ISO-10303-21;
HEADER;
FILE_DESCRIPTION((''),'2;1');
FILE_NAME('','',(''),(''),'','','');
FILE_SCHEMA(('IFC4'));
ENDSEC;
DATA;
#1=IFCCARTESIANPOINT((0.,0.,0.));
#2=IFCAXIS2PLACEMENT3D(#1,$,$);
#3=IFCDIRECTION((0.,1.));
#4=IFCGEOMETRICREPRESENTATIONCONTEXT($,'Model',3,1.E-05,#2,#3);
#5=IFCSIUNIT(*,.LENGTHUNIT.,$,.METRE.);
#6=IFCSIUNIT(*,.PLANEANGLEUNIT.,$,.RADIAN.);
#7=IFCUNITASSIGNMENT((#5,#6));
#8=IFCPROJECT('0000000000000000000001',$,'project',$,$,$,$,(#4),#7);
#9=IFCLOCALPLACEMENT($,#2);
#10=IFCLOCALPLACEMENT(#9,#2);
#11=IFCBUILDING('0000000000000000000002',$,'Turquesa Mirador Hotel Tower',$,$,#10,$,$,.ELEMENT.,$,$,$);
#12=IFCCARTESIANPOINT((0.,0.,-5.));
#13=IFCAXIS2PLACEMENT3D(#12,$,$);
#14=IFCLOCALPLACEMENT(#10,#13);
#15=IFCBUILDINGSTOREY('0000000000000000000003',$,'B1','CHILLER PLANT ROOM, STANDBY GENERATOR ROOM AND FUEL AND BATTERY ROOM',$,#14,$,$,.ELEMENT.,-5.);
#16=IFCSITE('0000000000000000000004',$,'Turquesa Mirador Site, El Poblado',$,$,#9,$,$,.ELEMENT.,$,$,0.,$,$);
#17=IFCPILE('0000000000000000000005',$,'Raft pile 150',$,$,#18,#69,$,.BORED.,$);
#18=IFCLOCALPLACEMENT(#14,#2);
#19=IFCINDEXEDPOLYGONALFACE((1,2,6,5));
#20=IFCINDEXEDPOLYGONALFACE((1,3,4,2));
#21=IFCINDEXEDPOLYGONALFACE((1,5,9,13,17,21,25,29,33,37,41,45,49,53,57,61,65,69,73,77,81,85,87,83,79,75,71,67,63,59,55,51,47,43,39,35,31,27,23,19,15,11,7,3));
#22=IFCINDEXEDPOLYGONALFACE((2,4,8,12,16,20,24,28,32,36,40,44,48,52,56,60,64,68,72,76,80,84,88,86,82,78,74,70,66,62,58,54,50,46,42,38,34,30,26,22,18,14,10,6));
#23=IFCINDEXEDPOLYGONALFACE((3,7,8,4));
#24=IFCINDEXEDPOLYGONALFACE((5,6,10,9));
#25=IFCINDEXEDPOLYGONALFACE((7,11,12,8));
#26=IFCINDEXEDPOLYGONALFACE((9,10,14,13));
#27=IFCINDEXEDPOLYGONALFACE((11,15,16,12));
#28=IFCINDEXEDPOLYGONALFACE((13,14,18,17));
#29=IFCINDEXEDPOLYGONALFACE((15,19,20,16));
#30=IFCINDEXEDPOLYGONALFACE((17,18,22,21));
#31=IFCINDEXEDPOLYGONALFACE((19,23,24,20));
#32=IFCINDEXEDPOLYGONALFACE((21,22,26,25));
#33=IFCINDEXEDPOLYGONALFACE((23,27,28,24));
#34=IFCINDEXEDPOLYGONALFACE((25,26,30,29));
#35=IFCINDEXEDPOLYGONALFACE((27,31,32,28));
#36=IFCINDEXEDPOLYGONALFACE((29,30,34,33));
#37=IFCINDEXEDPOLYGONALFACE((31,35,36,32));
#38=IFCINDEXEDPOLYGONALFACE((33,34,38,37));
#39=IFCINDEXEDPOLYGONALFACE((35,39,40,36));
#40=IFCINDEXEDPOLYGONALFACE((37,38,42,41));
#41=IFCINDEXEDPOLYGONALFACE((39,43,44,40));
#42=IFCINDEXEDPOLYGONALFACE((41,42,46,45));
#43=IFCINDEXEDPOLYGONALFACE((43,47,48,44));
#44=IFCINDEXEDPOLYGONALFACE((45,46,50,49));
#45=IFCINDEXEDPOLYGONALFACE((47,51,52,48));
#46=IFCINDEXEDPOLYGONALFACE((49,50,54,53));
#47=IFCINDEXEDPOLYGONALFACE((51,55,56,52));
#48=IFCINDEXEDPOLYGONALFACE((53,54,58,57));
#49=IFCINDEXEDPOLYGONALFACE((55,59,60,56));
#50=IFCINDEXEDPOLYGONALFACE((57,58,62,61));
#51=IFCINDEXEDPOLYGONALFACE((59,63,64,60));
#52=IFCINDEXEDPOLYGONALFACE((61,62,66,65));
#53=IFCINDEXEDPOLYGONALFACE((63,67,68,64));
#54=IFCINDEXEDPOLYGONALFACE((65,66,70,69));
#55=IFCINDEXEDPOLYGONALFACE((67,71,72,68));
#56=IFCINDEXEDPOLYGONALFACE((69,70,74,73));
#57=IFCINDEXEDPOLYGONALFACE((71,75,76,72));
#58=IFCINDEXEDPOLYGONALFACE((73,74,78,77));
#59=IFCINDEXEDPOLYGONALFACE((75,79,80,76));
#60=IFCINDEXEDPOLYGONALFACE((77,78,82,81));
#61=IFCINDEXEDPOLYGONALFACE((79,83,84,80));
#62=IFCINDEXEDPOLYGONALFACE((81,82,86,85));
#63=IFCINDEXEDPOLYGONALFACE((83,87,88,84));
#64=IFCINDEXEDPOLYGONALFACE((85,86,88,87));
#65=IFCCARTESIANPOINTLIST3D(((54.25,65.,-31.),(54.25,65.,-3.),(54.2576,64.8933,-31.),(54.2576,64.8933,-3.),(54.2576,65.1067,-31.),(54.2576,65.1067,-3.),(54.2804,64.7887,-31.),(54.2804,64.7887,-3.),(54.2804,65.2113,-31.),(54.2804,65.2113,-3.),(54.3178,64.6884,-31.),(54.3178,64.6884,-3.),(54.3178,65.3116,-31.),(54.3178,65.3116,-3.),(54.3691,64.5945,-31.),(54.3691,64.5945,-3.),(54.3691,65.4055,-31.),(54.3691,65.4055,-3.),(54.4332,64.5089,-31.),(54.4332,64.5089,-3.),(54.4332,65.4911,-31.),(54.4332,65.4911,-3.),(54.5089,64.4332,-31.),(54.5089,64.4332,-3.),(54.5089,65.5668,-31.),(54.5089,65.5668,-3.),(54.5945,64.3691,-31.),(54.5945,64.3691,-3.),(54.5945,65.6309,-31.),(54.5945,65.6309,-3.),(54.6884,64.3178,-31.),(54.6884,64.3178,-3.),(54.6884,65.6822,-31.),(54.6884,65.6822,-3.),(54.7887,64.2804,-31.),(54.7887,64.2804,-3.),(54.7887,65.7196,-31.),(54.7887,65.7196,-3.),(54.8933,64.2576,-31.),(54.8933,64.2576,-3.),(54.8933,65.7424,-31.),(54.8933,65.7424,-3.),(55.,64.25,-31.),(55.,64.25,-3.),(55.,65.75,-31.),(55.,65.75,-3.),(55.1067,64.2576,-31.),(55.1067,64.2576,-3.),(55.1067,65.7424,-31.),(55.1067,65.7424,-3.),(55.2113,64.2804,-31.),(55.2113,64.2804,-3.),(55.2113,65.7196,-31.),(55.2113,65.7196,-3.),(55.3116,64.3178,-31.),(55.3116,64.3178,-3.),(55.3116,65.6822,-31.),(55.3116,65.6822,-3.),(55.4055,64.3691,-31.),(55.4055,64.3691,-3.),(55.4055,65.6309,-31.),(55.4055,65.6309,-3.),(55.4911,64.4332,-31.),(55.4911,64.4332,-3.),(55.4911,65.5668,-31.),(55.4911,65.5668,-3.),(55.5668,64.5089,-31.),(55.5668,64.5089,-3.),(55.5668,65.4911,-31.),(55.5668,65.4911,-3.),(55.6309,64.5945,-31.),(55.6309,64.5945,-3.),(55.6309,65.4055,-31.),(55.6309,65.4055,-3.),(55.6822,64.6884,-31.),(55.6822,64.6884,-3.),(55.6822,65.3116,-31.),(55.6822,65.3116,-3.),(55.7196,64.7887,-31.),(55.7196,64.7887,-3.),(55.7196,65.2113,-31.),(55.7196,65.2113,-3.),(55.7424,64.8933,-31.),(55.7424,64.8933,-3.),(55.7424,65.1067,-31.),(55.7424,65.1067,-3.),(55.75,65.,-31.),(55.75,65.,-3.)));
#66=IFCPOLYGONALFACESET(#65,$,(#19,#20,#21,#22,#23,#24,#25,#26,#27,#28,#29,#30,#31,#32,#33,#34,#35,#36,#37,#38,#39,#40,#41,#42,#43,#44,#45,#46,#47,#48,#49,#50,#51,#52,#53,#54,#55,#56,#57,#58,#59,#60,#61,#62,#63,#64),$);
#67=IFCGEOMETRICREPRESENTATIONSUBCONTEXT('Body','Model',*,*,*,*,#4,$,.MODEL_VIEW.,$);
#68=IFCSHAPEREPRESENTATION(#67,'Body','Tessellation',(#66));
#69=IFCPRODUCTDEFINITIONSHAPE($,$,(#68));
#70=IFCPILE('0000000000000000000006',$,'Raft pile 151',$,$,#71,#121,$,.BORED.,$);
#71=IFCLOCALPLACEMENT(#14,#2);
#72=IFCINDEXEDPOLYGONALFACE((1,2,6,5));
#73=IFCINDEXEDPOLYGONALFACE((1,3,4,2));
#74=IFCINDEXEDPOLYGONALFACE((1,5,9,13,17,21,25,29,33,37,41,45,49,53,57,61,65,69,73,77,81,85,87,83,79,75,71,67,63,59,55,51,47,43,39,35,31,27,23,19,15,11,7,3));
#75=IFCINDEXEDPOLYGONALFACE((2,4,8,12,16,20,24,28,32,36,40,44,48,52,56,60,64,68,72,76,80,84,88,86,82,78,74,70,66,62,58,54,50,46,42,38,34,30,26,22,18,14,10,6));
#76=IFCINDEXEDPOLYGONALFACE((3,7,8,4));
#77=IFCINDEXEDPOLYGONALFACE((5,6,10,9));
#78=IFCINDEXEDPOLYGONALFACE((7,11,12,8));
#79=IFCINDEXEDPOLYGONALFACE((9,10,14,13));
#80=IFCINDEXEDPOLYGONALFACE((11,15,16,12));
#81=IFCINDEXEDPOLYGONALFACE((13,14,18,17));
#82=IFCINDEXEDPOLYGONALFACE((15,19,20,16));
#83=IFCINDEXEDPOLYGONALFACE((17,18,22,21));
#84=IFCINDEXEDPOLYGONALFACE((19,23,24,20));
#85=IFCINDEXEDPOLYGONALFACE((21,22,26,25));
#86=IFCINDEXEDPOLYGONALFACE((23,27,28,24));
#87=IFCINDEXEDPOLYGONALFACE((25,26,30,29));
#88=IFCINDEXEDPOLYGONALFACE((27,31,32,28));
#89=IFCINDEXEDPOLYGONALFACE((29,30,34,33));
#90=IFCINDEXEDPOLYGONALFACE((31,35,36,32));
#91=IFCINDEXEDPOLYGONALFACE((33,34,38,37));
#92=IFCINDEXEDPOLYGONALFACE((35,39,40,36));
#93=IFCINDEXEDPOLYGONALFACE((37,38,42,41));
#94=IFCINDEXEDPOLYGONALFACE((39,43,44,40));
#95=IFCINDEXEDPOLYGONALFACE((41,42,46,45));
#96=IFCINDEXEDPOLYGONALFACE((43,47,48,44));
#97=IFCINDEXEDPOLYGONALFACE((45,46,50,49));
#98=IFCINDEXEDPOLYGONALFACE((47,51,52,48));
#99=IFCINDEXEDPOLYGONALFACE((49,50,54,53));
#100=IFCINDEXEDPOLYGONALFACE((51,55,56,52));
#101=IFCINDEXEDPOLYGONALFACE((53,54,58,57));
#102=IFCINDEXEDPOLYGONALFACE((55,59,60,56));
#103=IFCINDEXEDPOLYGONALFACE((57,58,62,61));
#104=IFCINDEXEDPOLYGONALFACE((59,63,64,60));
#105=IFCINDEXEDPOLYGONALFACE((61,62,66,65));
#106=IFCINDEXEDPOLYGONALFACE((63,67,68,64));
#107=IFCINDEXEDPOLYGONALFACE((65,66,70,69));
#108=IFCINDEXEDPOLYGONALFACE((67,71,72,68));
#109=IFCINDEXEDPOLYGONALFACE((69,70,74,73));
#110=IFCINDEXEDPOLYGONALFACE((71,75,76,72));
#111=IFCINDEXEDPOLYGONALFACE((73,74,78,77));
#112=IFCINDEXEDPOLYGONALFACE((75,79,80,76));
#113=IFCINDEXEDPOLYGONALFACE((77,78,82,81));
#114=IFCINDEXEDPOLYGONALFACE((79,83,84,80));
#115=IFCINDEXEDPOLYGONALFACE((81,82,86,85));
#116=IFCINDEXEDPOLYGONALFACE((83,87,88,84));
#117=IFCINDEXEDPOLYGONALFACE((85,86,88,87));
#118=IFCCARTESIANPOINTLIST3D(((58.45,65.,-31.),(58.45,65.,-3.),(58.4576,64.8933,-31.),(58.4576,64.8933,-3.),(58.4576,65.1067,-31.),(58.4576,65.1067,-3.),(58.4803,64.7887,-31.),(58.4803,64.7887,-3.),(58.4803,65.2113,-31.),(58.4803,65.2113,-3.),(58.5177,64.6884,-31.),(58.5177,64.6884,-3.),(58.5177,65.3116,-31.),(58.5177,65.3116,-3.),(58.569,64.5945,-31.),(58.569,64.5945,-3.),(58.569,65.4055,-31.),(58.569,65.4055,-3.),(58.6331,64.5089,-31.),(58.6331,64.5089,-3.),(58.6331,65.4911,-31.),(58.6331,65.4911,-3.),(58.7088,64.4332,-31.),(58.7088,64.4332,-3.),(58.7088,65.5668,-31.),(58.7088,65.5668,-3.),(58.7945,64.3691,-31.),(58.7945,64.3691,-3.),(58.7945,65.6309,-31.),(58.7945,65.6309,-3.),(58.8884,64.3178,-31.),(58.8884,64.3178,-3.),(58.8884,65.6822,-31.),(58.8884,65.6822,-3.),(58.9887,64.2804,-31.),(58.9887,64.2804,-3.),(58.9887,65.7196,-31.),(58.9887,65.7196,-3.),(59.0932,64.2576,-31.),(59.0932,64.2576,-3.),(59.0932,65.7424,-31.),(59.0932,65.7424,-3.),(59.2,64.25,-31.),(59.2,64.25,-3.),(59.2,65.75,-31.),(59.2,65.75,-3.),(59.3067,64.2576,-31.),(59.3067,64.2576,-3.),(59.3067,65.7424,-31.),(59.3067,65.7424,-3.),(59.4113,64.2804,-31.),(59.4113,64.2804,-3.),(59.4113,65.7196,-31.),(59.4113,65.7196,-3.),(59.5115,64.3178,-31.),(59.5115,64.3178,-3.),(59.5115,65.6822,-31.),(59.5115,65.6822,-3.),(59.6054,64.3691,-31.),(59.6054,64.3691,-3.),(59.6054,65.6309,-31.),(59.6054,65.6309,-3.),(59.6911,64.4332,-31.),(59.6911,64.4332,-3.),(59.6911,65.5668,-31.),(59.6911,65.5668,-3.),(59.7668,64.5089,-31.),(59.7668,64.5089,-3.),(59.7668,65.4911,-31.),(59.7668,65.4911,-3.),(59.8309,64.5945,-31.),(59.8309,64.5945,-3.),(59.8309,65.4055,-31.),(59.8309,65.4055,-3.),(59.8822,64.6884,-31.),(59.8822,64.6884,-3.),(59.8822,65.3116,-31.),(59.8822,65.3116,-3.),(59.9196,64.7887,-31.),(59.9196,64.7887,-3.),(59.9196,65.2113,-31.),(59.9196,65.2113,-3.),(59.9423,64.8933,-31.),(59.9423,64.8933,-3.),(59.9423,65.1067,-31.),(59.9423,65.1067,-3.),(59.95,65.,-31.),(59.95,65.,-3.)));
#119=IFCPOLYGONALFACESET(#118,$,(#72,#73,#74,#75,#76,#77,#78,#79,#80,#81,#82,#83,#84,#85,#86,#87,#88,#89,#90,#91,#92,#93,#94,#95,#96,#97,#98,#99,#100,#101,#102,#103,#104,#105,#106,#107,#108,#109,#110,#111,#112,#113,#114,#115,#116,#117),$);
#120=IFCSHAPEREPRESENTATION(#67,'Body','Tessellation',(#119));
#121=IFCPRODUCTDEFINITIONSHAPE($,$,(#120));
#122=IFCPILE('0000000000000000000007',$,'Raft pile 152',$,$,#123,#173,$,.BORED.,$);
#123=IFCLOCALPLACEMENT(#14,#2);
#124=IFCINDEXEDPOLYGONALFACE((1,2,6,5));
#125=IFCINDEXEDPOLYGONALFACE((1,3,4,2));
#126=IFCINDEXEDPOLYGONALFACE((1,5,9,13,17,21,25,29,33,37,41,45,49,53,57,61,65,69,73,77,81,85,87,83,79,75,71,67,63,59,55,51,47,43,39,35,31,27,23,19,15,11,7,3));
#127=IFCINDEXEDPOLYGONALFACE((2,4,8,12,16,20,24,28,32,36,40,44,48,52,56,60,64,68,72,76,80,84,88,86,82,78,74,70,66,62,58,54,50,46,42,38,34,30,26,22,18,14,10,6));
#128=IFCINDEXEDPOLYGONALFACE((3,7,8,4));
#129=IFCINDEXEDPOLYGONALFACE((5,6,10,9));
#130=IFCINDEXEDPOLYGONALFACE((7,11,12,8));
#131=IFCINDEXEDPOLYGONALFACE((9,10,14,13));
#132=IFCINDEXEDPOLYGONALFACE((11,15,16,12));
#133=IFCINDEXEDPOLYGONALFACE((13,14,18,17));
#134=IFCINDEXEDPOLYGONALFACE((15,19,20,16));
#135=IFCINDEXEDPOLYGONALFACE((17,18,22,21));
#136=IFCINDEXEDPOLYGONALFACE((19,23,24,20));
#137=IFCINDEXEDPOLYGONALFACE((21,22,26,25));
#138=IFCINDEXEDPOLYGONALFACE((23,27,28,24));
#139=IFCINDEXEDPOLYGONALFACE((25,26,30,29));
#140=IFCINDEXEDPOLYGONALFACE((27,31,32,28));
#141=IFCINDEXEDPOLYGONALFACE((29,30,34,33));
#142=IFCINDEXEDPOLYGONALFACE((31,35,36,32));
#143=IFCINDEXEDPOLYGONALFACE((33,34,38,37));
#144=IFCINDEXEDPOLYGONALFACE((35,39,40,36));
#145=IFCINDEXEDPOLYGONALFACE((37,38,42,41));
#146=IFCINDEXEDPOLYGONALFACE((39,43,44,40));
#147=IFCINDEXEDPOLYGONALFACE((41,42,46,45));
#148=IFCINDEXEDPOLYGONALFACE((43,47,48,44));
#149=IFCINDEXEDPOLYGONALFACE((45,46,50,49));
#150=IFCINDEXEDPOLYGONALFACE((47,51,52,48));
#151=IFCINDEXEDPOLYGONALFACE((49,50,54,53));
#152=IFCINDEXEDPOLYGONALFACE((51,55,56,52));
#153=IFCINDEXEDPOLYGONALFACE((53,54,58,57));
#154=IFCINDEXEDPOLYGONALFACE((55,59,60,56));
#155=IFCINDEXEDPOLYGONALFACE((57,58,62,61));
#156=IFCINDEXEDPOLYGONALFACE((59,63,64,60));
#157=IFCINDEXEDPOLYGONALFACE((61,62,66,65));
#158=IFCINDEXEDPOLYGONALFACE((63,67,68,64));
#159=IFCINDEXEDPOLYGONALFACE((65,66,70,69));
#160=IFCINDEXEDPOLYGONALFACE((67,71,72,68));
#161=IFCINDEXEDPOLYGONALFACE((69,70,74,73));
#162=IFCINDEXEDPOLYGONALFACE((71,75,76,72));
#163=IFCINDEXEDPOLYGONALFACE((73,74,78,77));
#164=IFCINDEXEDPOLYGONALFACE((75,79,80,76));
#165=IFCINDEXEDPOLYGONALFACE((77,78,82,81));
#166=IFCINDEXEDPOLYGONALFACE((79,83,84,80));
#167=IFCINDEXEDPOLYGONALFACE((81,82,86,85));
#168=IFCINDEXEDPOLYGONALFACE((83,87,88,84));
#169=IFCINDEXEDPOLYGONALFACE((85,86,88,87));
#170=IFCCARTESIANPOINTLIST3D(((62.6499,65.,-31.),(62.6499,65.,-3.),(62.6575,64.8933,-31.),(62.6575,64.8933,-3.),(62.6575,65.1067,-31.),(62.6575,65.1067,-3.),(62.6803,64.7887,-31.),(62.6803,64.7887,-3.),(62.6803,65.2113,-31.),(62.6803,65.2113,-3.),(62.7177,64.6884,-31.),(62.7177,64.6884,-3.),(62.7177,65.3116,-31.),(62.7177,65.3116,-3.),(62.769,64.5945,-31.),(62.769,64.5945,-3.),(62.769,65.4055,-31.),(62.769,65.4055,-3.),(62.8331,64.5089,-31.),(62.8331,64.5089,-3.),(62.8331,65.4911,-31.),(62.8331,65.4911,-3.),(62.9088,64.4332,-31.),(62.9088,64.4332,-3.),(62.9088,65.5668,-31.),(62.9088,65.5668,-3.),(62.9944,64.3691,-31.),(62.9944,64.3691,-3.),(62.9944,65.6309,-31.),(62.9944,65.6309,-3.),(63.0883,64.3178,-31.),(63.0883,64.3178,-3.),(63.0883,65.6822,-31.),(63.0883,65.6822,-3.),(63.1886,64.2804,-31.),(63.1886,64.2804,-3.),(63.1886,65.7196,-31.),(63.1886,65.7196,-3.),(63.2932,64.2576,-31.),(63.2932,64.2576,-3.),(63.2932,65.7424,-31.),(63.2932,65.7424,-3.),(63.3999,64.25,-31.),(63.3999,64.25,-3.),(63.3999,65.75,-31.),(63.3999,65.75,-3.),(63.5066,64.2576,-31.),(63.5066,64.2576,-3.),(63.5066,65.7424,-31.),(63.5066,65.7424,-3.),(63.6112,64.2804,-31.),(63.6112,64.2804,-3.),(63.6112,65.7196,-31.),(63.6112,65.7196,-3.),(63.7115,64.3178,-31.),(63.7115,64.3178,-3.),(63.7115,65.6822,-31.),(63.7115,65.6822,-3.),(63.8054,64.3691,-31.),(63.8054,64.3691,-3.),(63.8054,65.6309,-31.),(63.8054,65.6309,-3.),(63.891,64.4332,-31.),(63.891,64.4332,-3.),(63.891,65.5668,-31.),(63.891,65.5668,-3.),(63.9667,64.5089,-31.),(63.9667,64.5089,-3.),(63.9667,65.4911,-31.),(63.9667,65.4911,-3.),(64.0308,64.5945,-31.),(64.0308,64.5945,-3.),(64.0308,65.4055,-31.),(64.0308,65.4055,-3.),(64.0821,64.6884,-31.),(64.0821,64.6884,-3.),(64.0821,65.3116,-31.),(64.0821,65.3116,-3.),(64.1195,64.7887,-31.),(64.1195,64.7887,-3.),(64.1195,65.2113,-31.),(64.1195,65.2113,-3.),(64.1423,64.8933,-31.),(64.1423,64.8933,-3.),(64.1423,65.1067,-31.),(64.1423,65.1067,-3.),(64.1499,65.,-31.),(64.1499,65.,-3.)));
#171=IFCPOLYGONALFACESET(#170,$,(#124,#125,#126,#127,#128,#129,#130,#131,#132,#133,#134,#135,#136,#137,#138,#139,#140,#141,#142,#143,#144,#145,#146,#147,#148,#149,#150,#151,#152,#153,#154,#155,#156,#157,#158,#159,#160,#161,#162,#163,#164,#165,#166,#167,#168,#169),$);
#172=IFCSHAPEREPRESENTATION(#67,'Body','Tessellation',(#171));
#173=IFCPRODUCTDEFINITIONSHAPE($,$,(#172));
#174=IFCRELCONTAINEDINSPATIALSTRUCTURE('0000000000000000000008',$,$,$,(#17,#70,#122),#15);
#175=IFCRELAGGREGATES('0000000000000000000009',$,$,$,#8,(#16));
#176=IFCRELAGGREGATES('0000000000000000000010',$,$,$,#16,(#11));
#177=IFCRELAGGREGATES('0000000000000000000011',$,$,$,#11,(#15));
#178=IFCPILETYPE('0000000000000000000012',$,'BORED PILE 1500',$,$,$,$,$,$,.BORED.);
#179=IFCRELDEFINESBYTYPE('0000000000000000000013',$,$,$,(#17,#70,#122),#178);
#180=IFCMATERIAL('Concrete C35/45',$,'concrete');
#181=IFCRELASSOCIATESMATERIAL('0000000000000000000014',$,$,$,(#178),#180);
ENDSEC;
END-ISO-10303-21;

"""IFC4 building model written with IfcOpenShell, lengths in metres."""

from ifc_helpers import new_model, si_unit, direction, frame, origin, origin_2d, place, context, subcontext, project, spatial, circle, extrude, material, type_object, element, save


model = new_model("IFC4")

# Units and contexts
model_context = context("Model", 3, precision=1e-05, world=origin(), true_north=direction((0.0, 1.0)))
body_context = subcontext(model_context, "Body", "Model", "MODEL_VIEW")
ifc_project = project(units=[si_unit("LENGTHUNIT", "METRE"), si_unit("PLANEANGLEUNIT", "RADIAN")], contexts=[model_context])

# Site, building, storey
site_placement = place(None, origin())
site = spatial("IfcSite", under=ifc_project, at=site_placement, Name="Turquesa Mirador Site, El Poblado", CompositionType="ELEMENT", RefElevation=0.0)
building_placement = place(site_placement, origin())
building = spatial("IfcBuilding", under=site, at=building_placement, Name="Turquesa Mirador Hotel Tower", CompositionType="ELEMENT")
storey_placement = place(building_placement, frame((0.0, 0.0, -5.0)))
storey = spatial("IfcBuildingStorey", under=building, at=storey_placement, Name="B1", Description="CHILLER PLANT ROOM, STANDBY GENERATOR ROOM AND FUEL AND BATTERY ROOM", CompositionType="ELEMENT", Elevation=-5.0)

# Piles
ifc_material_1 = material(Name="Concrete C35/45", Category="concrete")
pile_type = type_object("IfcPileType", Name="BORED PILE 1500", PredefinedType="BORED", material=ifc_material_1)
for number, where, z_axis, x_axis, name in (
    (1, (55.0, 65.0, -3.0), (0.0, 0.0, -1.0), (1.0, 0.0, 0.0), "Raft pile 150"),
    (2, (59.2, 65.0, -3.0), (0.0, 0.0, -1.0), (1.0, 0.0, 0.0), "Raft pile 151"),
    (3, (63.3999, 65.0, -3.0), (0.0, 0.0, -1.0), (1.0, 0.0, 0.0), "Raft pile 152"),
):
    element("IfcPile", number, at=place(storey_placement, frame(where, z_axis=z_axis, x_axis=x_axis)), inside=storey, type_object=pile_type, Name=name, PredefinedType="BORED", context=body_context, shape_type="SweptSolid", body=[
        extrude(circle(Radius=0.75, at=origin_2d()), origin(), (0.0, 0.0, 1.0), 28.0),
    ])

save(model, "model.ifc")
